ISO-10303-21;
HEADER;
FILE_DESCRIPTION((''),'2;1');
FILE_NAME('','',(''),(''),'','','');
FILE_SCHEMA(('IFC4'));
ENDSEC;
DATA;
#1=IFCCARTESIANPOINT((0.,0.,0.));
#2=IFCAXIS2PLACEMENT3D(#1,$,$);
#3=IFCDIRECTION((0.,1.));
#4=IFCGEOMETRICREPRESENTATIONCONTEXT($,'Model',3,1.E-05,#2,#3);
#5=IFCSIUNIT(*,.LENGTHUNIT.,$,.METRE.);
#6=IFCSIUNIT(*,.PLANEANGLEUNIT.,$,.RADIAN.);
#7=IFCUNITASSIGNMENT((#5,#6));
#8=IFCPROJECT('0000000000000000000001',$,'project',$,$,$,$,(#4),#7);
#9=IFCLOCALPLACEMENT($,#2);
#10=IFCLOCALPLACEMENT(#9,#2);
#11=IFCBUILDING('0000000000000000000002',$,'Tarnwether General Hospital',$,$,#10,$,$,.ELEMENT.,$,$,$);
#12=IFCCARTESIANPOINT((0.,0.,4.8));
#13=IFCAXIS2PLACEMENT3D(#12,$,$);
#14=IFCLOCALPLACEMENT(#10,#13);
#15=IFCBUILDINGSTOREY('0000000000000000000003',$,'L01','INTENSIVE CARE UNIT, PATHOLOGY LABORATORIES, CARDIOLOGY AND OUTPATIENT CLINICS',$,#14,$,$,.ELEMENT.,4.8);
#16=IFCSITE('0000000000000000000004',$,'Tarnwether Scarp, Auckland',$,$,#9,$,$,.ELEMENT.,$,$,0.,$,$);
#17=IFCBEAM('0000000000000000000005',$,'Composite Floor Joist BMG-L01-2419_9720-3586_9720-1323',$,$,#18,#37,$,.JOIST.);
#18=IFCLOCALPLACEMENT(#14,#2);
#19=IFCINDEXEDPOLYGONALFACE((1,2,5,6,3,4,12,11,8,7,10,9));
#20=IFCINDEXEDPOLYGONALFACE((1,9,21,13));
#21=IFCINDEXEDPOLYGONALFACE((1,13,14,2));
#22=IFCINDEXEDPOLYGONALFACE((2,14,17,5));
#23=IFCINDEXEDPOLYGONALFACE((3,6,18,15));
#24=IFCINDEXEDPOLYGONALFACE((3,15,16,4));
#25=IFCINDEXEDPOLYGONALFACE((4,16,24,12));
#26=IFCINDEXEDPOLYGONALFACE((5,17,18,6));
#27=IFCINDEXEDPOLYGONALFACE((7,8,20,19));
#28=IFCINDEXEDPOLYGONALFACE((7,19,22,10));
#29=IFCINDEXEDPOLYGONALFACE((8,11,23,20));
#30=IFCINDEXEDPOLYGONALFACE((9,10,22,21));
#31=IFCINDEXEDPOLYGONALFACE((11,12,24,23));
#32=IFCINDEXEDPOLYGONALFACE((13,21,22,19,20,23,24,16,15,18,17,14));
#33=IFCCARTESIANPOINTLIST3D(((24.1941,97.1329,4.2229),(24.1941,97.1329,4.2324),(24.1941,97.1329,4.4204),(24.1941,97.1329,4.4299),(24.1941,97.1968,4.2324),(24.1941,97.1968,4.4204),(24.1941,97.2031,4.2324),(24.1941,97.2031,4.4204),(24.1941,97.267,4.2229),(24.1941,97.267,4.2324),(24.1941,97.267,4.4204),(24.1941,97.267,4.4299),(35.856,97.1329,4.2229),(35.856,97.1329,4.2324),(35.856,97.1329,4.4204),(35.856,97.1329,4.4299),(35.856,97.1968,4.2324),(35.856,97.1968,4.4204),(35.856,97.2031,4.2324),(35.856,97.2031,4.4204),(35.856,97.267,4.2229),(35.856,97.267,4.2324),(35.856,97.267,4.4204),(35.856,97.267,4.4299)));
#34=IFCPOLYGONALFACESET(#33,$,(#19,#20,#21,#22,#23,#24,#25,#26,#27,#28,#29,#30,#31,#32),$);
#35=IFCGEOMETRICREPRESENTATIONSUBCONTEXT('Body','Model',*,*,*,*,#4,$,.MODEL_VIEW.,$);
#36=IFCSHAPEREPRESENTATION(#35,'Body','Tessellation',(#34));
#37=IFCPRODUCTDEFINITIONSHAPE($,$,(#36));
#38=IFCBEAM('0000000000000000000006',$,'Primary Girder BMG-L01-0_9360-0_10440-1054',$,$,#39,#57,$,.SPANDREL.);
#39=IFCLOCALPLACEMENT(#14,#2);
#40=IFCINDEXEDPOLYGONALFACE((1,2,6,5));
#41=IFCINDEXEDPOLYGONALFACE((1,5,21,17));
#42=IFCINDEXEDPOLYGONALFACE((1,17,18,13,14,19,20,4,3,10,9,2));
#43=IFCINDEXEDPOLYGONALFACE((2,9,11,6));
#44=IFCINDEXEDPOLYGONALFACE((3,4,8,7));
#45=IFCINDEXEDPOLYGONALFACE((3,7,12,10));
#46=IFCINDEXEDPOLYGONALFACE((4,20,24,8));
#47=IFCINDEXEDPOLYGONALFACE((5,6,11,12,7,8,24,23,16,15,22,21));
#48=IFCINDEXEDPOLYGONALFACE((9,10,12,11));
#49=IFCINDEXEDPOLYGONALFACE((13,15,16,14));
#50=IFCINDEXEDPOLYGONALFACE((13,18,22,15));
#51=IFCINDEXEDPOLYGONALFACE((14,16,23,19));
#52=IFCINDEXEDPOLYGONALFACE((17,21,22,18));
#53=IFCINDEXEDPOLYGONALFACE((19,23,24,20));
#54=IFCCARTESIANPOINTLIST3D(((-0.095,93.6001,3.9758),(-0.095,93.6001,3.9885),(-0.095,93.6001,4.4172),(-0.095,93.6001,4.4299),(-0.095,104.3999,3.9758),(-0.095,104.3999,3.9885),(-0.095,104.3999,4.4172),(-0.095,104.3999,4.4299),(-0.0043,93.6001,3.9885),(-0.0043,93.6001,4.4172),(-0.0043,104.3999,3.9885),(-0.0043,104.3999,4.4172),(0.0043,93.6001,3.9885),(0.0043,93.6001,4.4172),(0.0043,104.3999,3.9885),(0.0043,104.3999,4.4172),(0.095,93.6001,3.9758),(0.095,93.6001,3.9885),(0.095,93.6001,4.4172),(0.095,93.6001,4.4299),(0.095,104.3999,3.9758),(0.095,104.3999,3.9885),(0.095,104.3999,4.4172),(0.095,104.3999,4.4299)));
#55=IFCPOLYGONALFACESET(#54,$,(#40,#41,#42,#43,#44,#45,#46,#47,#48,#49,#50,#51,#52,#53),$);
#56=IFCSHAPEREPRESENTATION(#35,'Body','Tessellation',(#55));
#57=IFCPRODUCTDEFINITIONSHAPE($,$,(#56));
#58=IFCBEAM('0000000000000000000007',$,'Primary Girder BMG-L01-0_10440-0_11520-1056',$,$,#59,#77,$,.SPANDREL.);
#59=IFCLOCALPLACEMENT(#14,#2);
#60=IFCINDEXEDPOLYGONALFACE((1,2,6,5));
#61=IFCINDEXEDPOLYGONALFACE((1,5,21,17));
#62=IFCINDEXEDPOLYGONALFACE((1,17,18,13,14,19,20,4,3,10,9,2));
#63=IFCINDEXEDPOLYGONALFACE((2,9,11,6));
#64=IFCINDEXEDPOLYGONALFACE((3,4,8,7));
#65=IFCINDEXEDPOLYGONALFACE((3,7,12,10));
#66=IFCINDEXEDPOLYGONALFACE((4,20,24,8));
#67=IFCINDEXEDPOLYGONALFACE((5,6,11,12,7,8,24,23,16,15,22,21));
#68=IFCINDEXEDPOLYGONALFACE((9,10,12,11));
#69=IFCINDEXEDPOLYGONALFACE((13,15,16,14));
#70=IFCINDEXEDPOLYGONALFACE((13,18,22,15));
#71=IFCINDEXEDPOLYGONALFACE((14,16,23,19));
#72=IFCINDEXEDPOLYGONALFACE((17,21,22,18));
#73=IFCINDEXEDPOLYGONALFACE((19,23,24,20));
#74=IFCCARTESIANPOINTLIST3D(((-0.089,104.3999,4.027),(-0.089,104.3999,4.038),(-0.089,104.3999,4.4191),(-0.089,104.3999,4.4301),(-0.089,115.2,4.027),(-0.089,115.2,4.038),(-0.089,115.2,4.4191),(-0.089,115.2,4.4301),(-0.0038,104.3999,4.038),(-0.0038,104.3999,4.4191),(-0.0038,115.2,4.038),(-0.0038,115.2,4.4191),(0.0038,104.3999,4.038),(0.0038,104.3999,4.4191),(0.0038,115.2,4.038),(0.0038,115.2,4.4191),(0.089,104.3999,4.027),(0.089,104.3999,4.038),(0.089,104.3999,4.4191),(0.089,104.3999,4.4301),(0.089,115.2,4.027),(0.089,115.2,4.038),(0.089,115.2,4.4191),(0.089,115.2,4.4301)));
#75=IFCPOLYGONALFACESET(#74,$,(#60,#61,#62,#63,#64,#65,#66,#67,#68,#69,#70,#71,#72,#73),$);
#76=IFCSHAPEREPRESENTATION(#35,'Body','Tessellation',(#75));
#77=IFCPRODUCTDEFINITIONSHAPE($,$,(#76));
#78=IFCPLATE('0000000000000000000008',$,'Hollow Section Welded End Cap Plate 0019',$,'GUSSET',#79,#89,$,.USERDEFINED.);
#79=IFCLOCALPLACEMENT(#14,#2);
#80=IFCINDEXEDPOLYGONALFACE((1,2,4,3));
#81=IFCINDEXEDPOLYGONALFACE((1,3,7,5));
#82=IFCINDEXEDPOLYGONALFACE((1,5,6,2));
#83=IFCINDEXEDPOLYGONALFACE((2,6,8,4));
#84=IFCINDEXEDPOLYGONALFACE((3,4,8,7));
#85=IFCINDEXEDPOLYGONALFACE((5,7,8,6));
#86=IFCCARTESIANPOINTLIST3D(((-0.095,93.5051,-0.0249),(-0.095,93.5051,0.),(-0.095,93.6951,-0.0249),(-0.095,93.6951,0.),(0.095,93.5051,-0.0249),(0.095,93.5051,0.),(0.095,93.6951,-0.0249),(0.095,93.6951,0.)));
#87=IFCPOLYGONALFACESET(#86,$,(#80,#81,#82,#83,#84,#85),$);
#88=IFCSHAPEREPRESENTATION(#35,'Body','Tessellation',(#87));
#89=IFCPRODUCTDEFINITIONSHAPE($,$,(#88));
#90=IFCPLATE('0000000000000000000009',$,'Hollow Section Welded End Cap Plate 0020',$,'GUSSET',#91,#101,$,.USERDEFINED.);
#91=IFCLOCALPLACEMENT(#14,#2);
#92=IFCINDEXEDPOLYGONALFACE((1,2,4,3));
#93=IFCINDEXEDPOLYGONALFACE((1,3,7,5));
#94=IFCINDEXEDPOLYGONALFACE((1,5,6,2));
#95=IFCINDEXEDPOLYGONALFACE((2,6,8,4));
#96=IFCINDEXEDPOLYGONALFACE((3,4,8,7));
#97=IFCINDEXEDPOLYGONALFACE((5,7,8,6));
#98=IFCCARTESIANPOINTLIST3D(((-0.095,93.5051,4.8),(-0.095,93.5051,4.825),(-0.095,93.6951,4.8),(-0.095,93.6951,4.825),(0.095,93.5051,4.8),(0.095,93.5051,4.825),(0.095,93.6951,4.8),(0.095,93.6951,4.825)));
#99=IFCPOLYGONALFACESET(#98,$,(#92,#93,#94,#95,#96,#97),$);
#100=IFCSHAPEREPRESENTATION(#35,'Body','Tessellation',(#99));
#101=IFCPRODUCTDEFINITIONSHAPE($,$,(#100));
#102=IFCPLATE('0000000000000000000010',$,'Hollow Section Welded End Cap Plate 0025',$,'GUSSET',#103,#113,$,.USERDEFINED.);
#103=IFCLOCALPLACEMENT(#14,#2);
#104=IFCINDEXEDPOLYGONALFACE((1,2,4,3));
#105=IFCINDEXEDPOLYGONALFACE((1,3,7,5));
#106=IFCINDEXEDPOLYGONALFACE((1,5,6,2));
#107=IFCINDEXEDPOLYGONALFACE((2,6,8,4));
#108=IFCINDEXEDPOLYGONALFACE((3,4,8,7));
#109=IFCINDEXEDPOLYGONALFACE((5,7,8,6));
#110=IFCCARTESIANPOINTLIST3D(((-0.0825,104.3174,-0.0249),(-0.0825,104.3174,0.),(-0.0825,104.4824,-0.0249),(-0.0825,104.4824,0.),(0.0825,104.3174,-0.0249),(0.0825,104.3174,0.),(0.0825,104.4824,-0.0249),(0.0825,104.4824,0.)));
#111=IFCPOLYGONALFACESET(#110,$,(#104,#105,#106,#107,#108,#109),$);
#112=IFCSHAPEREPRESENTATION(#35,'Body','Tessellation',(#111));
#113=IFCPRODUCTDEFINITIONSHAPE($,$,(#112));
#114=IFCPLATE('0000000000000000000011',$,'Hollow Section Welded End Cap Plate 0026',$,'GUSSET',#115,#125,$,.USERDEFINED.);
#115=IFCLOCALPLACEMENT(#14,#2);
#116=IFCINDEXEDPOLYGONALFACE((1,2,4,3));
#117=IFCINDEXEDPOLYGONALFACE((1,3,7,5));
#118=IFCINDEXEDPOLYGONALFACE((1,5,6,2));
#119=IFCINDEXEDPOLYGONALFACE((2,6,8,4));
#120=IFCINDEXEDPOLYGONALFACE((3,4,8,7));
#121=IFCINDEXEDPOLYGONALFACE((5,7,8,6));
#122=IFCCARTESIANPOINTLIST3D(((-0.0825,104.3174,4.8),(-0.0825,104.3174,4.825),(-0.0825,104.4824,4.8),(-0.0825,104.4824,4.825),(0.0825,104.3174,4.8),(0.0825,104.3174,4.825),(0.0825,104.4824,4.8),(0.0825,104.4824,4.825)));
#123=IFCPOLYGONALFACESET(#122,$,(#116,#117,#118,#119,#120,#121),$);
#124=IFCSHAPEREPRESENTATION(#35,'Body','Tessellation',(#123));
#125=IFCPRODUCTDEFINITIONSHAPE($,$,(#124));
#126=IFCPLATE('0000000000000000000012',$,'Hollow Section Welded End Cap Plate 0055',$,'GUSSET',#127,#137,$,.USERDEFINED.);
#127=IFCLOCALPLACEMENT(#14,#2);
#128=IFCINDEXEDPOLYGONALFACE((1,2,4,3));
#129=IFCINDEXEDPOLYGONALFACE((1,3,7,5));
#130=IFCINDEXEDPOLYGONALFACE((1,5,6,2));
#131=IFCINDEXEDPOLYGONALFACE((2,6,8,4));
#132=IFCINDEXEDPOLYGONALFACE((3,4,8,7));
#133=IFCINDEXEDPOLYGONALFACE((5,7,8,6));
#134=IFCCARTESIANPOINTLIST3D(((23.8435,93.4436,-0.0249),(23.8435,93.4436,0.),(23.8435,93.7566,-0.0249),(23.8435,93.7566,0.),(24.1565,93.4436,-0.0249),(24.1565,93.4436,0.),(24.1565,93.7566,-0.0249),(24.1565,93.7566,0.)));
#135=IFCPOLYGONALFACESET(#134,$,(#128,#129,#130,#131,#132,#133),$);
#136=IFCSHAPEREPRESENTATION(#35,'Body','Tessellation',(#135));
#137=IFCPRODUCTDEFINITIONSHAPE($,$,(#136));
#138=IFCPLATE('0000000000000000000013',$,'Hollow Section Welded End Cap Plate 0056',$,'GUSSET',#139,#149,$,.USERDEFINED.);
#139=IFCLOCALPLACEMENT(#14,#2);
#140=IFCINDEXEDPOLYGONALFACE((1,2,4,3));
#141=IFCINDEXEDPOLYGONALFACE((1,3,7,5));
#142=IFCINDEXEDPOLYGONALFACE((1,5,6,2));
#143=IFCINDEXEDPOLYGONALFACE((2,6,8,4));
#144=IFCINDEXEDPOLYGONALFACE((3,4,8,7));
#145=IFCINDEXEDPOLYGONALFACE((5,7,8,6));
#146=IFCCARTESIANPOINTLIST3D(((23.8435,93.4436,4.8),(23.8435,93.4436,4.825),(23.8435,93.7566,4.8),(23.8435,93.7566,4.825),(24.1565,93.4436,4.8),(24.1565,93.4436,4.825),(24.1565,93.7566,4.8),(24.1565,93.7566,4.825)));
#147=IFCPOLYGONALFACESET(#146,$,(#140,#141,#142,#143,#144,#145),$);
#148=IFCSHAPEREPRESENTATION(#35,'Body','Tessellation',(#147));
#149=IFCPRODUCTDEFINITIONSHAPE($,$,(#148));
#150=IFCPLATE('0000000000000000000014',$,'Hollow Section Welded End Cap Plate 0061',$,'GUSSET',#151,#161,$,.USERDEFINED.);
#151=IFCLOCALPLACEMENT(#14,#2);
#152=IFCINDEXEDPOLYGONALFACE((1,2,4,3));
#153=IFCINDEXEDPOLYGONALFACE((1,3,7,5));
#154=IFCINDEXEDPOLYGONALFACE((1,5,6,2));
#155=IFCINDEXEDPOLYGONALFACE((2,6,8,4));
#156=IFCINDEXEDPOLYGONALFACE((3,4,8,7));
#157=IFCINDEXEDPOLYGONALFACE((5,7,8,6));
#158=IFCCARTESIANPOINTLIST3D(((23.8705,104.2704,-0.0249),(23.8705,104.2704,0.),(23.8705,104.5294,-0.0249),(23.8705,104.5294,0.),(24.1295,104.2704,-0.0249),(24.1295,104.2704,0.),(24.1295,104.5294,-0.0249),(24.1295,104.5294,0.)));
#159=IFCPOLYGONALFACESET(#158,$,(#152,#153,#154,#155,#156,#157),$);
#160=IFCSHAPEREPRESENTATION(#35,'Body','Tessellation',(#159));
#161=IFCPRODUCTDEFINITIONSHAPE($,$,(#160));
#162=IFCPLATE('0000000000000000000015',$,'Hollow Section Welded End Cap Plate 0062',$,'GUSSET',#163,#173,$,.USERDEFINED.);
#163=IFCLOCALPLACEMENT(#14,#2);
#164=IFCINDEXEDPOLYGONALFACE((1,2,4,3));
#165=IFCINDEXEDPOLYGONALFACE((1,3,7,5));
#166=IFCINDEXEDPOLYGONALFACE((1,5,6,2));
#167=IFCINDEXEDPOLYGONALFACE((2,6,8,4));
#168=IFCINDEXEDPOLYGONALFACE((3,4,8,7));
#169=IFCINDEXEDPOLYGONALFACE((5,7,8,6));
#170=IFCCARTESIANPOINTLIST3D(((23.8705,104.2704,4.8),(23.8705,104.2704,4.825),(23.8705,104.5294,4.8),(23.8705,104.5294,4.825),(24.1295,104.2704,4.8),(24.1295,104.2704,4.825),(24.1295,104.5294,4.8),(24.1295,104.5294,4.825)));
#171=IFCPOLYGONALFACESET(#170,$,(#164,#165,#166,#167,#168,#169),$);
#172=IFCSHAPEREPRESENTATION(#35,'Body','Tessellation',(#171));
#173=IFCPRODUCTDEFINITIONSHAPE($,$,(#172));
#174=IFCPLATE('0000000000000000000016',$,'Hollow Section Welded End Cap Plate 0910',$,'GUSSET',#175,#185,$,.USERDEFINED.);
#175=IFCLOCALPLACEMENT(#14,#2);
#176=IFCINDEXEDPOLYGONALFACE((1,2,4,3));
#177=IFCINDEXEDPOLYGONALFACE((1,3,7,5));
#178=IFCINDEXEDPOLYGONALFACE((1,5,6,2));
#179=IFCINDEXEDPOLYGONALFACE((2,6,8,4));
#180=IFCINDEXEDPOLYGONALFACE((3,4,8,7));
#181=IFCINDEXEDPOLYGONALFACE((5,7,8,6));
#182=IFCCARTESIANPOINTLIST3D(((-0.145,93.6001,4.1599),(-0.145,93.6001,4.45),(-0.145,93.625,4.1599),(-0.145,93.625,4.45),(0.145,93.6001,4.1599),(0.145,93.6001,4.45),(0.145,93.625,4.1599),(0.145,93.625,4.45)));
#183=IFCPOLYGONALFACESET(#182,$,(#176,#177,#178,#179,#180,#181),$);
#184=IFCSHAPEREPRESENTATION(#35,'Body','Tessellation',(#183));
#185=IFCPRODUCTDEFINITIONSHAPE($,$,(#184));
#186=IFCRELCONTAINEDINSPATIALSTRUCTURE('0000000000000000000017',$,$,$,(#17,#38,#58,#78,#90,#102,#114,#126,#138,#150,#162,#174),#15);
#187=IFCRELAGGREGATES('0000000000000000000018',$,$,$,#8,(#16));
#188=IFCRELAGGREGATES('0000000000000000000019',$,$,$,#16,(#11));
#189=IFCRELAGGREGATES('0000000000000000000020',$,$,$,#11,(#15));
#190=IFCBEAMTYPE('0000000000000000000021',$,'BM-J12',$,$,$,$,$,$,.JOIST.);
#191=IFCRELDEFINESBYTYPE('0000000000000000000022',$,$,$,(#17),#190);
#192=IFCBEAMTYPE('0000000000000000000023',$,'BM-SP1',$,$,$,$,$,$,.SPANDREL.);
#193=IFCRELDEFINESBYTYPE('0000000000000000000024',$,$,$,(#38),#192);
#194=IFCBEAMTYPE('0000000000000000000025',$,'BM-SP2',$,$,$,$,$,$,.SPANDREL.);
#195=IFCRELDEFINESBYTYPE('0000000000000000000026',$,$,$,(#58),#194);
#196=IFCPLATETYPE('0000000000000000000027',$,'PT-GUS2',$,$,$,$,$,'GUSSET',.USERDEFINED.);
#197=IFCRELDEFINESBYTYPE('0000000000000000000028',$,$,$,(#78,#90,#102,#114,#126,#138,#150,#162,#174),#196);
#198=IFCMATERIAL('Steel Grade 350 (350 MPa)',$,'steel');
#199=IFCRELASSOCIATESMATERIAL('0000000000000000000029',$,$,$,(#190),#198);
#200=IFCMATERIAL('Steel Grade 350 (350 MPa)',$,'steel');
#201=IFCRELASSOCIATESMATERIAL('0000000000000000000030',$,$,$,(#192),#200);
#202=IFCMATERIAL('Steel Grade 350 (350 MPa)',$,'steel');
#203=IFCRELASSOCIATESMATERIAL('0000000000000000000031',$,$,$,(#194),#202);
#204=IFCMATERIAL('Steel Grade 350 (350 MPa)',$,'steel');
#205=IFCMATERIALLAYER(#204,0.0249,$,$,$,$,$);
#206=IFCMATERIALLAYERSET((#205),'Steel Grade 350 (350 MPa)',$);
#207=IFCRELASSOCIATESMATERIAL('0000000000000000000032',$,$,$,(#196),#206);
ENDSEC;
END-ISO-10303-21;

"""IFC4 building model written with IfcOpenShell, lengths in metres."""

from ifc_helpers import new_model, si_unit, direction, frame, origin, origin_2d, place, context, subcontext, project, spatial, rectangle, i_section, extrude, material, layer, layer_set, material_profile, profile_set, type_object, element, save


model = new_model("IFC4")

# Units and contexts
model_context = context("Model", 3, precision=1e-05, world=origin(), true_north=direction((0.0, 1.0)))
body_context = subcontext(model_context, "Body", "Model", "MODEL_VIEW")
ifc_project = project(units=[si_unit("LENGTHUNIT", "METRE"), si_unit("PLANEANGLEUNIT", "RADIAN")], contexts=[model_context])

# Site, building, storey
site_placement = place(None, origin())
site = spatial("IfcSite", under=ifc_project, at=site_placement, Name="Tarnwether Scarp, Auckland", CompositionType="ELEMENT", RefElevation=0.0)
building_placement = place(site_placement, origin())
building = spatial("IfcBuilding", under=site, at=building_placement, Name="Tarnwether General Hospital", CompositionType="ELEMENT")
storey_placement = place(building_placement, frame((0.0, 0.0, 4.8)))
storey = spatial("IfcBuildingStorey", under=building, at=storey_placement, Name="L01", Description="INTENSIVE CARE UNIT, PATHOLOGY LABORATORIES, CARDIOLOGY AND OUTPATIENT CLINICS", CompositionType="ELEMENT", Elevation=4.8)

# Beams
ifc_material_1 = material(Name="Steel Grade 350 (350 MPa)", Category="steel")
ifc_material_profile_1 = material_profile(ifc_material_1, i_section(OverallWidth=0.134, OverallDepth=0.207, WebThickness=0.0063, FlangeThickness=0.0095, at=origin_2d()), Name="200UB29.8")
ifc_profile_set_1 = profile_set([ifc_material_profile_1], Name="Steel Grade 350 (350 MPa)")
beam_type_1 = type_object("IfcBeamType", Name="BM-J12", PredefinedType="JOIST", material=ifc_profile_set_1)
beam_1_placement = place(storey_placement, frame((24.1941, 97.2, 4.3264), z_axis=(1.0, 0.0, 0.0), x_axis=(0.0, 1.0, 0.0)))
element("IfcBeam", 1, at=beam_1_placement, inside=storey, type_object=beam_type_1, Name="Composite Floor Joist BMG-L01-2419_9720-3586_9720-1323", PredefinedType="JOIST", context=body_context, shape_type="SweptSolid", body=[
    extrude(i_section(OverallWidth=0.134, OverallDepth=0.207, WebThickness=0.0063, FlangeThickness=0.0095, at=origin_2d()), origin(), (0.0, 0.0, 1.0), 11.6619),
])
ifc_material_2 = material(Name="Steel Grade 350 (350 MPa)", Category="steel")
ifc_material_profile_2 = material_profile(ifc_material_2, i_section(OverallWidth=0.1899, OverallDepth=0.4541, WebThickness=0.0085, FlangeThickness=0.0127, at=origin_2d()), Name="460UB67.1")
ifc_profile_set_2 = profile_set([ifc_material_profile_2], Name="Steel Grade 350 (350 MPa)")
beam_type_2 = type_object("IfcBeamType", Name="BM-SP1", PredefinedType="SPANDREL", material=ifc_profile_set_2)
beam_2_placement = place(storey_placement, frame((0.0, 93.6001, 4.2029), z_axis=(0.0, 1.0, 0.0), x_axis=(-1.0, 0.0, 0.0)))
element("IfcBeam", 2, at=beam_2_placement, inside=storey, type_object=beam_type_2, Name="Primary Girder BMG-L01-0_9360-0_10440-1054", PredefinedType="SPANDREL", context=body_context, shape_type="SweptSolid", body=[
    extrude(i_section(OverallWidth=0.1899, OverallDepth=0.4541, WebThickness=0.0085, FlangeThickness=0.0127, at=origin_2d()), origin(), (0.0, 0.0, 1.0), 10.7998),
])
ifc_material_3 = material(Name="Steel Grade 350 (350 MPa)", Category="steel")
ifc_material_profile_3 = material_profile(ifc_material_3, i_section(OverallWidth=0.178, OverallDepth=0.4031, WebThickness=0.0076, FlangeThickness=0.011, at=origin_2d()), Name="410UB53.7")
ifc_profile_set_3 = profile_set([ifc_material_profile_3], Name="Steel Grade 350 (350 MPa)")
beam_type_3 = type_object("IfcBeamType", Name="BM-SP2", PredefinedType="SPANDREL", material=ifc_profile_set_3)
beam_3_placement = place(storey_placement, frame((0.0, 104.3999, 4.2285), z_axis=(0.0, 1.0, 0.0), x_axis=(-1.0, 0.0, 0.0)))
element("IfcBeam", 3, at=beam_3_placement, inside=storey, type_object=beam_type_3, Name="Primary Girder BMG-L01-0_10440-0_11520-1056", PredefinedType="SPANDREL", context=body_context, shape_type="SweptSolid", body=[
    extrude(i_section(OverallWidth=0.178, OverallDepth=0.4031, WebThickness=0.0076, FlangeThickness=0.011, at=origin_2d()), origin(), (0.0, 0.0, 1.0), 10.8),
])

# Plates
ifc_material_4 = material(Name="Steel Grade 350 (350 MPa)", Category="steel")
ifc_layer_1 = layer(ifc_material_4, 0.0249)
ifc_layer_set_1 = layer_set([ifc_layer_1], Name="Steel Grade 350 (350 MPa)")
plate_type = type_object("IfcPlateType", Name="PT-GUS2", ElementType="GUSSET", PredefinedType="USERDEFINED", material=ifc_layer_set_1)
for number, where, z_axis, x_axis, name in (
    (4, (0.0, 93.6001, -0.0249), (0.0, 0.0, 1.0), (1.0, 0.0, 0.0), "Hollow Section Welded End Cap Plate 0019"),
    (5, (0.0, 93.6001, 4.8), (0.0, 0.0, 1.0), (1.0, 0.0, 0.0), "Hollow Section Welded End Cap Plate 0020"),
):
    element("IfcPlate", number, at=place(storey_placement, frame(where, z_axis=z_axis, x_axis=x_axis)), inside=storey, type_object=plate_type, Name=name, ObjectType="GUSSET", PredefinedType="USERDEFINED", context=body_context, shape_type="SweptSolid", body=[
        extrude(rectangle(XDim=0.1899, YDim=0.1899, at=origin_2d()), origin(), (0.0, 0.0, 1.0), 0.0249),
    ])
for number, where, z_axis, x_axis, name in (
    (6, (0.0, 104.3999, -0.0249), (0.0, 0.0, 1.0), (1.0, 0.0, 0.0), "Hollow Section Welded End Cap Plate 0025"),
    (7, (0.0, 104.3999, 4.8), (0.0, 0.0, 1.0), (1.0, 0.0, 0.0), "Hollow Section Welded End Cap Plate 0026"),
):
    element("IfcPlate", number, at=place(storey_placement, frame(where, z_axis=z_axis, x_axis=x_axis)), inside=storey, type_object=plate_type, Name=name, ObjectType="GUSSET", PredefinedType="USERDEFINED", context=body_context, shape_type="SweptSolid", body=[
        extrude(rectangle(XDim=0.165, YDim=0.165, at=origin_2d()), origin(), (0.0, 0.0, 1.0), 0.0249),
    ])
for number, where, z_axis, x_axis, name in (
    (8, (24.0, 93.6001, -0.0249), (0.0, 0.0, 1.0), (1.0, 0.0, 0.0), "Hollow Section Welded End Cap Plate 0055"),
    (9, (24.0, 93.6001, 4.8), (0.0, 0.0, 1.0), (1.0, 0.0, 0.0), "Hollow Section Welded End Cap Plate 0056"),
):
    element("IfcPlate", number, at=place(storey_placement, frame(where, z_axis=z_axis, x_axis=x_axis)), inside=storey, type_object=plate_type, Name=name, ObjectType="GUSSET", PredefinedType="USERDEFINED", context=body_context, shape_type="SweptSolid", body=[
        extrude(rectangle(XDim=0.313, YDim=0.313, at=origin_2d()), origin(), (0.0, 0.0, 1.0), 0.0249),
    ])
for number, where, z_axis, x_axis, name in (
    (10, (24.0, 104.3999, -0.0249), (0.0, 0.0, 1.0), (1.0, 0.0, 0.0), "Hollow Section Welded End Cap Plate 0061"),
    (11, (24.0, 104.3999, 4.8), (0.0, 0.0, 1.0), (1.0, 0.0, 0.0), "Hollow Section Welded End Cap Plate 0062"),
):
    element("IfcPlate", number, at=place(storey_placement, frame(where, z_axis=z_axis, x_axis=x_axis)), inside=storey, type_object=plate_type, Name=name, ObjectType="GUSSET", PredefinedType="USERDEFINED", context=body_context, shape_type="SweptSolid", body=[
        extrude(rectangle(XDim=0.259, YDim=0.259, at=origin_2d()), origin(), (0.0, 0.0, 1.0), 0.0249),
    ])
plate_placement = place(storey_placement, frame((0.0, 93.6125, 4.1599), z_axis=(0.0, 0.0, 1.0), x_axis=(0.0, 1.0, 0.0)))
element("IfcPlate", 12, at=plate_placement, inside=storey, type_object=plate_type, Name="Hollow Section Welded End Cap Plate 0910", ObjectType="GUSSET", PredefinedType="USERDEFINED", context=body_context, shape_type="SweptSolid", body=[
    extrude(rectangle(XDim=0.0249, YDim=0.29, at=origin_2d()), origin(), (0.0, 0.0, 1.0), 0.29),
])

save(model, "model.ifc")
